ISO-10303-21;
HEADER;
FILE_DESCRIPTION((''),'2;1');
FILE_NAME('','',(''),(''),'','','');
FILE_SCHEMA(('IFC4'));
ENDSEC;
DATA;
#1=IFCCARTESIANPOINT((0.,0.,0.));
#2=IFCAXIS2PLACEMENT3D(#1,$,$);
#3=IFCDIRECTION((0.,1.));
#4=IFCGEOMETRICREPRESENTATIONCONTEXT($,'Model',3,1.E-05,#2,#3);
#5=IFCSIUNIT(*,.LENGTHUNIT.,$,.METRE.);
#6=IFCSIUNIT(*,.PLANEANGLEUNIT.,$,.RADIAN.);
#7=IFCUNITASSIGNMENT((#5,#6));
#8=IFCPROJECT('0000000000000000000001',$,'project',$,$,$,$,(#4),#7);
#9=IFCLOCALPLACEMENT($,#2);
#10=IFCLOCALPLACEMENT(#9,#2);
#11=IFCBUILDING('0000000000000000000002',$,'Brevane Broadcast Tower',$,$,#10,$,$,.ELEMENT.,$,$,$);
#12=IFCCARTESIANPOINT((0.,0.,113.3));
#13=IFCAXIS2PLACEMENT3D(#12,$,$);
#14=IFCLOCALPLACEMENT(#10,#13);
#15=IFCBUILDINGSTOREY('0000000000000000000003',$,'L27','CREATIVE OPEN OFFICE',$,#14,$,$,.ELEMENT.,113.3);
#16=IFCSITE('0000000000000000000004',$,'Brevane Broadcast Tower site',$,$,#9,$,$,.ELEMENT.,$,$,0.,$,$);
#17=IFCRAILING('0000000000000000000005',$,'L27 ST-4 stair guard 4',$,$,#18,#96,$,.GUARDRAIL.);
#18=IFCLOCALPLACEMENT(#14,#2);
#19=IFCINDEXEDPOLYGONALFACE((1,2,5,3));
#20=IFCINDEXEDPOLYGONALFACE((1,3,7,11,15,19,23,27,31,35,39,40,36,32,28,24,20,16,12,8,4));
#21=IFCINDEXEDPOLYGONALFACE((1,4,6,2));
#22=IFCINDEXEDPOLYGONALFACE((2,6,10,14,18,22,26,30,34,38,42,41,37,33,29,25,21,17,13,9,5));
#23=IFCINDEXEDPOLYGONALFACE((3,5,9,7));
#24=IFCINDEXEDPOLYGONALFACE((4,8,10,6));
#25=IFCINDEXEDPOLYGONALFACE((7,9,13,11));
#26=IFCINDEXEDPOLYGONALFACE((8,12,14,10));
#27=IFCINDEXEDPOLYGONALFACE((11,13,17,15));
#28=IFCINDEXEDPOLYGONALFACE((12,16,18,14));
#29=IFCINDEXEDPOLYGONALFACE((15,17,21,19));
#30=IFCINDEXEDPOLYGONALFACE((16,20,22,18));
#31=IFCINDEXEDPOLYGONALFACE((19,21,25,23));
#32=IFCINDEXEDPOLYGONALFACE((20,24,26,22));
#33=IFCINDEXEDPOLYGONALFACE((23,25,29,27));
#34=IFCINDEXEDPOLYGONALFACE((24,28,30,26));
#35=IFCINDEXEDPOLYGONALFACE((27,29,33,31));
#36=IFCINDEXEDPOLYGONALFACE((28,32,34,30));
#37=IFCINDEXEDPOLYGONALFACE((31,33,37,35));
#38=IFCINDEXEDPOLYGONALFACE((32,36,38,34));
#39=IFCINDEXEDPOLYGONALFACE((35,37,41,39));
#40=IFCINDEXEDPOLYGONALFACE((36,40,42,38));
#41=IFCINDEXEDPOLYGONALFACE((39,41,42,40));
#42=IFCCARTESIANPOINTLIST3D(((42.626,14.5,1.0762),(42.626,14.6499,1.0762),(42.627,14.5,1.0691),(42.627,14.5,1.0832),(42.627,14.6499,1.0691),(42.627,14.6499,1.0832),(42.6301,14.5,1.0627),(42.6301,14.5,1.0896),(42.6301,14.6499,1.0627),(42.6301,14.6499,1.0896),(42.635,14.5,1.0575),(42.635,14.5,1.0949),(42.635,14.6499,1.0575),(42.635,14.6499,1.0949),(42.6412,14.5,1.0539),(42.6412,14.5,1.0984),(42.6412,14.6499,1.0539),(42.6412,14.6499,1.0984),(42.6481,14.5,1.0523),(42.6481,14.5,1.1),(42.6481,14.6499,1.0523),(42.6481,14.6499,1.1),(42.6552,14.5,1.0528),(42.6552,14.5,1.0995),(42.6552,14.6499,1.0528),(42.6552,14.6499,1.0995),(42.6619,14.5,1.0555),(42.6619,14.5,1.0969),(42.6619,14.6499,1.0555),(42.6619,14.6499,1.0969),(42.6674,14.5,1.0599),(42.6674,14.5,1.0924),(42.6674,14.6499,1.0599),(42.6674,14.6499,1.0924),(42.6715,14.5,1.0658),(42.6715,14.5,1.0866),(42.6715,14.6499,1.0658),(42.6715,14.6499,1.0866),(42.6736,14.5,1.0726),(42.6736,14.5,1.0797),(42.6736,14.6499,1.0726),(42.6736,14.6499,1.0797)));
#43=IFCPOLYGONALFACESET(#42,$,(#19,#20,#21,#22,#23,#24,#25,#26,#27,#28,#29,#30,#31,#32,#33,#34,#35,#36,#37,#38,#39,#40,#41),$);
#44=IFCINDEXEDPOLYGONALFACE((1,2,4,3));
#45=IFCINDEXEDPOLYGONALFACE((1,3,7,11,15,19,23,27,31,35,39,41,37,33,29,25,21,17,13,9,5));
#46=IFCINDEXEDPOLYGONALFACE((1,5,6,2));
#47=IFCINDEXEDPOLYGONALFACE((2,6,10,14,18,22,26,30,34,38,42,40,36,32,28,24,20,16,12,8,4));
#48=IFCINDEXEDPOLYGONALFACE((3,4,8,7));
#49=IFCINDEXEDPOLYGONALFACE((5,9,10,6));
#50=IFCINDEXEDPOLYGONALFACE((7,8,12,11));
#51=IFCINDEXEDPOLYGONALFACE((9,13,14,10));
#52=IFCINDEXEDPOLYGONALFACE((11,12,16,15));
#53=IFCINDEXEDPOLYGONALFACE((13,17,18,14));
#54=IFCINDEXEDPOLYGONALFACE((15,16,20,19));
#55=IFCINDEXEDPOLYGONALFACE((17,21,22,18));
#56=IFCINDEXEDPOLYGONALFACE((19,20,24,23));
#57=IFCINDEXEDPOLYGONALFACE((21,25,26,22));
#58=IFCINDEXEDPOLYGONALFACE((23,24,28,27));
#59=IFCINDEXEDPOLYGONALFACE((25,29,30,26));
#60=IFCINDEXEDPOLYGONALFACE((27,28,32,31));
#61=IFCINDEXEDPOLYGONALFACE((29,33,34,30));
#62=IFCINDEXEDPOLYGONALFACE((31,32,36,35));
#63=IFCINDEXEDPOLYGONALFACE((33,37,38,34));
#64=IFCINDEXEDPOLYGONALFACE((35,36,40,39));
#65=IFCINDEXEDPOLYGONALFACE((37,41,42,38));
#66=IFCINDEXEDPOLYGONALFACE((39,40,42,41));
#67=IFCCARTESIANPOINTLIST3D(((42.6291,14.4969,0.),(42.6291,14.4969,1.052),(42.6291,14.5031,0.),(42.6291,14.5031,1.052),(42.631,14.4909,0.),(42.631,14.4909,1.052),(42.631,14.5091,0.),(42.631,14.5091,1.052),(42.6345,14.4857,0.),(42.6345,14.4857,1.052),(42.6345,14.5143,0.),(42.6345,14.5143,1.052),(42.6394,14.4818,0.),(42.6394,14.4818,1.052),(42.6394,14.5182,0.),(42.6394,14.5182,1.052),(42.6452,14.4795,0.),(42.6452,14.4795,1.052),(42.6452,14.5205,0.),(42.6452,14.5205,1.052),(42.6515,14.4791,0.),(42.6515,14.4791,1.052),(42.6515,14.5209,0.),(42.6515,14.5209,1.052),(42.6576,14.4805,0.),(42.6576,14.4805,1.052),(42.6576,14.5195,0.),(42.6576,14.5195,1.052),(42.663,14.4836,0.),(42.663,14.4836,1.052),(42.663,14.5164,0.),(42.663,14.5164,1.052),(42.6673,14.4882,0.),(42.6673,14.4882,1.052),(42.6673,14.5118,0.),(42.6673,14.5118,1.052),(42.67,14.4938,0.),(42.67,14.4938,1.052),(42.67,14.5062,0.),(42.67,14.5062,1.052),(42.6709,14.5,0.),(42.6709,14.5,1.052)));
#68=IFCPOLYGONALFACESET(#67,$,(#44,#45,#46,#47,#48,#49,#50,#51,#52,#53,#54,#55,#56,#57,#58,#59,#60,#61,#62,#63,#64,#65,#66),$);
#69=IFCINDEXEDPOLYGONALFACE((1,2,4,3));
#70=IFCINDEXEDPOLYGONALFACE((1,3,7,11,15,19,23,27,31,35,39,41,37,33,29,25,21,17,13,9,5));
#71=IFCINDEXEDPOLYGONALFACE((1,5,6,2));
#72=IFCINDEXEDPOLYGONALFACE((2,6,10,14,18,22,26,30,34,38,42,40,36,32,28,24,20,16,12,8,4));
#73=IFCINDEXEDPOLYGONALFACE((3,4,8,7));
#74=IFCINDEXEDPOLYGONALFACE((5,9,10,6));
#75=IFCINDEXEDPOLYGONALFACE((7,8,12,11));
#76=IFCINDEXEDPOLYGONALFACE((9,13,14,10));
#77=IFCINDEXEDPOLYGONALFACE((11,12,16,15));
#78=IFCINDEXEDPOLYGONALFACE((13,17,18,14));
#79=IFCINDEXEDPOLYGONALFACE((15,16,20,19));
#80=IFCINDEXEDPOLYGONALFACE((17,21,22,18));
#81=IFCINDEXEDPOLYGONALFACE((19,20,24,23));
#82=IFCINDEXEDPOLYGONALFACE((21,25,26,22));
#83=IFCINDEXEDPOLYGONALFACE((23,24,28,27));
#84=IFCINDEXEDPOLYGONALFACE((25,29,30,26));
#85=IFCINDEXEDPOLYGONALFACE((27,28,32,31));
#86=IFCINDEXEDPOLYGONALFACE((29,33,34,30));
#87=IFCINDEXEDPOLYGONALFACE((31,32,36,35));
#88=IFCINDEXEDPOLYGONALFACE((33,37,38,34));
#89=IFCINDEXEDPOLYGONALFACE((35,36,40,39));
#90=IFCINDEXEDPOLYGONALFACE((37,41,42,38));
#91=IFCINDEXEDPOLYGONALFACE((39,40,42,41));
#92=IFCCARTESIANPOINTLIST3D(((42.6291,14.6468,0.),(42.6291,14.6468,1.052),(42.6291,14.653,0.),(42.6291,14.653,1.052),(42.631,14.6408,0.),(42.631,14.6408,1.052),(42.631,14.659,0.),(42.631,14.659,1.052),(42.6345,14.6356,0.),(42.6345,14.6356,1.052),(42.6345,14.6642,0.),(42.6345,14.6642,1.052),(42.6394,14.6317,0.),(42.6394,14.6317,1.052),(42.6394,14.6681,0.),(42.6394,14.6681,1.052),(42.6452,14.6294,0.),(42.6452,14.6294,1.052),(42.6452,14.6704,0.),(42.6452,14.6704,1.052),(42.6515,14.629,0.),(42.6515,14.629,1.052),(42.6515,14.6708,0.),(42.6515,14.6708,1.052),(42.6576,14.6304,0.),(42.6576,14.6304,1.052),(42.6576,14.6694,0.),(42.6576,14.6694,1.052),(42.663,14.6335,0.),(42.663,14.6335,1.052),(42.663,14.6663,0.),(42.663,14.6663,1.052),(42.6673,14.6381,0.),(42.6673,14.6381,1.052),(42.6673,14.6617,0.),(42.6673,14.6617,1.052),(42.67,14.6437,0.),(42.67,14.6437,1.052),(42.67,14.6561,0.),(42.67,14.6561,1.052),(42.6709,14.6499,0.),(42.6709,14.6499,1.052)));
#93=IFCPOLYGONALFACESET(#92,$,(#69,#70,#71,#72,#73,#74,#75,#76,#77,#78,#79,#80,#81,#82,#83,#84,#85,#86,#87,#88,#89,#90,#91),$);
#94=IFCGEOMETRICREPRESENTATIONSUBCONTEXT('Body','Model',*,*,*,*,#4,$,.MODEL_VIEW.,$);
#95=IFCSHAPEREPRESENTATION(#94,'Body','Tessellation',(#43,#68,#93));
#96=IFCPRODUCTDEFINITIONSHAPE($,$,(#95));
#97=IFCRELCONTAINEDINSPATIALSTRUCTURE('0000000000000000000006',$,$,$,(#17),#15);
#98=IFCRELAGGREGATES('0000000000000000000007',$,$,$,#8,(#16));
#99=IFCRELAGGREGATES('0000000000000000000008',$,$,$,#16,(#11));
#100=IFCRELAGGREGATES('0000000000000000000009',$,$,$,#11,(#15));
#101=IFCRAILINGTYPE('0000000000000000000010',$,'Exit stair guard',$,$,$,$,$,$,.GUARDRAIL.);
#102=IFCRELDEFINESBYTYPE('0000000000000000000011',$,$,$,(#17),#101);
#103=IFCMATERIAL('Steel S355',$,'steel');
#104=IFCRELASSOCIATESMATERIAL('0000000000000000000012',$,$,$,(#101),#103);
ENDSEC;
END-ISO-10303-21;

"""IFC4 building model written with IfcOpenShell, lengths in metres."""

from ifc_helpers import new_model, si_unit, direction, frame, origin, origin_2d, place, context, subcontext, project, spatial, circle, extrude, material, type_object, element, save


model = new_model("IFC4")

# Units and contexts
model_context = context("Model", 3, precision=1e-05, world=origin(), true_north=direction((0.0, 1.0)))
body_context = subcontext(model_context, "Body", "Model", "MODEL_VIEW")
ifc_project = project(units=[si_unit("LENGTHUNIT", "METRE"), si_unit("PLANEANGLEUNIT", "RADIAN")], contexts=[model_context])

# Site, building, storey
site_placement = place(None, origin())
site = spatial("IfcSite", under=ifc_project, at=site_placement, Name="Brevane Broadcast Tower site", CompositionType="ELEMENT", RefElevation=0.0)
building_placement = place(site_placement, origin())
building = spatial("IfcBuilding", under=site, at=building_placement, Name="Brevane Broadcast Tower", CompositionType="ELEMENT")
storey_placement = place(building_placement, frame((0.0, 0.0, 113.3)))
storey = spatial("IfcBuildingStorey", under=building, at=storey_placement, Name="L27", Description="CREATIVE OPEN OFFICE", CompositionType="ELEMENT", Elevation=113.3)

# Railing
ifc_material_1 = material(Name="Steel S355", Category="steel")
railing_type_1 = type_object("IfcRailingType", Name="Exit stair guard", PredefinedType="GUARDRAIL", material=ifc_material_1)
railing_1_placement = place(storey_placement, frame((42.6499, 14.5, 0.0)))
element("IfcRailing", 1, at=railing_1_placement, inside=storey, type_object=railing_type_1, Name="L27 ST-4 stair guard 4", PredefinedType="GUARDRAIL", context=body_context, shape_type="SweptSolid", body=[
    extrude(circle(Radius=0.0239, at=origin_2d()), frame((0.0, 0.0, 1.0762), z_axis=(0.0, 1.0, 0.0), x_axis=(-1.0, 0.0, 0.0)), (0.0, 0.0, 1.0), 0.1499),
    extrude(circle(Radius=0.021, at=origin_2d()), origin(), (0.0, 0.0, 1.0), 1.052),
    extrude(circle(Radius=0.021, at=origin_2d()), frame((0.0, 0.1499, 0.0)), (0.0, 0.0, 1.0), 1.052),
])

save(model, "model.ifc")
